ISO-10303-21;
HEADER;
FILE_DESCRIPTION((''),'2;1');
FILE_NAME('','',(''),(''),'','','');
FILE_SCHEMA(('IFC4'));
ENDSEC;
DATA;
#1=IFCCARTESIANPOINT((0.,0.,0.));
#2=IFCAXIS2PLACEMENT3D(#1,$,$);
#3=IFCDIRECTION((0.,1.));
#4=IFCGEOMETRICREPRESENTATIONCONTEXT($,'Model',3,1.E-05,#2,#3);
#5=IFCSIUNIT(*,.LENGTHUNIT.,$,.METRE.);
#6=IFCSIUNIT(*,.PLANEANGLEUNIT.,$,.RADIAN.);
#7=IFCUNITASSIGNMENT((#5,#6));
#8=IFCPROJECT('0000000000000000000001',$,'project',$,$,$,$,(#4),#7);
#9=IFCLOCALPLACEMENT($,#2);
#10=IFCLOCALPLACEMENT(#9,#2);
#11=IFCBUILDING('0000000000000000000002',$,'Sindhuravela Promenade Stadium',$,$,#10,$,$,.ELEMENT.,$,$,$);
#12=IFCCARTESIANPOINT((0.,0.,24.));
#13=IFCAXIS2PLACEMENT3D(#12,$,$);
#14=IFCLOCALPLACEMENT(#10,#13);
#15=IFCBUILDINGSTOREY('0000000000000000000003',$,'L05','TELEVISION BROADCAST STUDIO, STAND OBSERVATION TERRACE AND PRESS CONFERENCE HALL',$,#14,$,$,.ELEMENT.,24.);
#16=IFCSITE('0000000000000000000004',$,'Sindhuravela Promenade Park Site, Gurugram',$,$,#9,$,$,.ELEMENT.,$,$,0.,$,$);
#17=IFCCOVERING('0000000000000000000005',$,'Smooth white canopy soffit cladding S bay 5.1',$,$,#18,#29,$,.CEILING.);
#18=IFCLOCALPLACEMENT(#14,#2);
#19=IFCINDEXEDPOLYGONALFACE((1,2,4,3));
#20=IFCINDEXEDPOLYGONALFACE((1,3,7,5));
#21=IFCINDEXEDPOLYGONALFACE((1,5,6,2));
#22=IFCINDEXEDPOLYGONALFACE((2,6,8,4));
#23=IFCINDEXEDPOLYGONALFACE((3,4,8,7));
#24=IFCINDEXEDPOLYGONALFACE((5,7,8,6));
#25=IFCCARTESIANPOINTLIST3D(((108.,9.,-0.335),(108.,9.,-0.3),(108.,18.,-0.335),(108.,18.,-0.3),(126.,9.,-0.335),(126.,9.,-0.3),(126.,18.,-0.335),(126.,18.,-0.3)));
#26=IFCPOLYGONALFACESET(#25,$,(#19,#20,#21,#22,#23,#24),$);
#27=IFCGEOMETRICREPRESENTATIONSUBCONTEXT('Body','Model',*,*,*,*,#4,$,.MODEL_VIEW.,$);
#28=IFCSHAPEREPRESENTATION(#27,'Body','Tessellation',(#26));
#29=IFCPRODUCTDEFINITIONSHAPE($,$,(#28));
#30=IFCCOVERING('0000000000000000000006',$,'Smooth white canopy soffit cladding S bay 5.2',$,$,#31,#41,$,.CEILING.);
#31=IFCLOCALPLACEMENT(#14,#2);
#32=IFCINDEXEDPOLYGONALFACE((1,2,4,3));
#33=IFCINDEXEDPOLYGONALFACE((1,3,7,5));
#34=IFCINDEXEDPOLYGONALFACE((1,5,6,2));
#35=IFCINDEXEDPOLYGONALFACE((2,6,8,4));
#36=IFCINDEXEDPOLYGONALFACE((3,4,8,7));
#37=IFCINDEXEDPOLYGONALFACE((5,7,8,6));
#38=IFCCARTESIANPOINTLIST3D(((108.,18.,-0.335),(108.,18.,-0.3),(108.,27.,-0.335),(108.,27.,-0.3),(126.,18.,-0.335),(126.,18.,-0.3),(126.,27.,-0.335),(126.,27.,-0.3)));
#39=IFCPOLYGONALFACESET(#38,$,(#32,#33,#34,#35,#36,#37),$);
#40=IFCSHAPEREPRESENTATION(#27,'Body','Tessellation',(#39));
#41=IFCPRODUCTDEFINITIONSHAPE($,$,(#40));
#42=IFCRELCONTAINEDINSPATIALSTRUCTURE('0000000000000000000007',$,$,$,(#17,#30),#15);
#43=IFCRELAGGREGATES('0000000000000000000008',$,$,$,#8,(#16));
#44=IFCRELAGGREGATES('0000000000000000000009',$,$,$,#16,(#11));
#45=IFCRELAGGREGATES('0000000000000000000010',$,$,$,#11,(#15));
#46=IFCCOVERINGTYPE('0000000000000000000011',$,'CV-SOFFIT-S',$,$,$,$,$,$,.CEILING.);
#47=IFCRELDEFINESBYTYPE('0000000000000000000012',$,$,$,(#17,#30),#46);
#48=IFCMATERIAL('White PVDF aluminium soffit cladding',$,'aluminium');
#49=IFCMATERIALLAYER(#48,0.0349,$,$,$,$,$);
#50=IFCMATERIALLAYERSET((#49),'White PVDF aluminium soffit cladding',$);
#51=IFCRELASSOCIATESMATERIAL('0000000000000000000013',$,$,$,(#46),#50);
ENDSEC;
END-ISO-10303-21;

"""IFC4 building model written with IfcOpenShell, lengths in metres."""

from ifc_helpers import new_model, si_unit, direction, frame, origin, place, context, subcontext, project, spatial, polyline, outline, extrude, material, layer, layer_set, type_object, element, save


model = new_model("IFC4")

# Units and contexts
model_context = context("Model", 3, precision=1e-05, world=origin(), true_north=direction((0.0, 1.0)))
body_context = subcontext(model_context, "Body", "Model", "MODEL_VIEW")
ifc_project = project(units=[si_unit("LENGTHUNIT", "METRE"), si_unit("PLANEANGLEUNIT", "RADIAN")], contexts=[model_context])

# Site, building, storey
site_placement = place(None, origin())
site = spatial("IfcSite", under=ifc_project, at=site_placement, Name="Sindhuravela Promenade Park Site, Gurugram", CompositionType="ELEMENT", RefElevation=0.0)
building_placement = place(site_placement, origin())
building = spatial("IfcBuilding", under=site, at=building_placement, Name="Sindhuravela Promenade Stadium", CompositionType="ELEMENT")
storey_placement = place(building_placement, frame((0.0, 0.0, 24.0)))
storey = spatial("IfcBuildingStorey", under=building, at=storey_placement, Name="L05", Description="TELEVISION BROADCAST STUDIO, STAND OBSERVATION TERRACE AND PRESS CONFERENCE HALL", CompositionType="ELEMENT", Elevation=24.0)

# Coverings
ifc_material_1 = material(Name="White PVDF aluminium soffit cladding", Category="aluminium")
ifc_layer_1 = layer(ifc_material_1, 0.0349)
ifc_layer_set_1 = layer_set([ifc_layer_1], Name="White PVDF aluminium soffit cladding")
covering_type_1 = type_object("IfcCoveringType", Name="CV-SOFFIT-S", PredefinedType="CEILING", material=ifc_layer_set_1)
for number, where, z_axis, x_axis, name in (
    (1, (108.0, 9.0, -0.3), (0.0, 0.0, 1.0), (1.0, 0.0, 0.0), "Smooth white canopy soffit cladding S bay 5.1"),
    (2, (108.0, 18.0, -0.3), (0.0, 0.0, 1.0), (1.0, 0.0, 0.0), "Smooth white canopy soffit cladding S bay 5.2"),
):
    element("IfcCovering", number, at=place(storey_placement, frame(where, z_axis=z_axis, x_axis=x_axis)), inside=storey, type_object=covering_type_1, Name=name, PredefinedType="CEILING", context=body_context, shape_type="SweptSolid", body=[
        extrude(outline(polyline([(0.0, 0.0), (18.0, 0.0), (18.0, 9.0), (0.0, 9.0), (0.0, 0.0)])), origin(), (0.0, 0.0, -1.0), 0.0349),
    ])

save(model, "model.ifc")
